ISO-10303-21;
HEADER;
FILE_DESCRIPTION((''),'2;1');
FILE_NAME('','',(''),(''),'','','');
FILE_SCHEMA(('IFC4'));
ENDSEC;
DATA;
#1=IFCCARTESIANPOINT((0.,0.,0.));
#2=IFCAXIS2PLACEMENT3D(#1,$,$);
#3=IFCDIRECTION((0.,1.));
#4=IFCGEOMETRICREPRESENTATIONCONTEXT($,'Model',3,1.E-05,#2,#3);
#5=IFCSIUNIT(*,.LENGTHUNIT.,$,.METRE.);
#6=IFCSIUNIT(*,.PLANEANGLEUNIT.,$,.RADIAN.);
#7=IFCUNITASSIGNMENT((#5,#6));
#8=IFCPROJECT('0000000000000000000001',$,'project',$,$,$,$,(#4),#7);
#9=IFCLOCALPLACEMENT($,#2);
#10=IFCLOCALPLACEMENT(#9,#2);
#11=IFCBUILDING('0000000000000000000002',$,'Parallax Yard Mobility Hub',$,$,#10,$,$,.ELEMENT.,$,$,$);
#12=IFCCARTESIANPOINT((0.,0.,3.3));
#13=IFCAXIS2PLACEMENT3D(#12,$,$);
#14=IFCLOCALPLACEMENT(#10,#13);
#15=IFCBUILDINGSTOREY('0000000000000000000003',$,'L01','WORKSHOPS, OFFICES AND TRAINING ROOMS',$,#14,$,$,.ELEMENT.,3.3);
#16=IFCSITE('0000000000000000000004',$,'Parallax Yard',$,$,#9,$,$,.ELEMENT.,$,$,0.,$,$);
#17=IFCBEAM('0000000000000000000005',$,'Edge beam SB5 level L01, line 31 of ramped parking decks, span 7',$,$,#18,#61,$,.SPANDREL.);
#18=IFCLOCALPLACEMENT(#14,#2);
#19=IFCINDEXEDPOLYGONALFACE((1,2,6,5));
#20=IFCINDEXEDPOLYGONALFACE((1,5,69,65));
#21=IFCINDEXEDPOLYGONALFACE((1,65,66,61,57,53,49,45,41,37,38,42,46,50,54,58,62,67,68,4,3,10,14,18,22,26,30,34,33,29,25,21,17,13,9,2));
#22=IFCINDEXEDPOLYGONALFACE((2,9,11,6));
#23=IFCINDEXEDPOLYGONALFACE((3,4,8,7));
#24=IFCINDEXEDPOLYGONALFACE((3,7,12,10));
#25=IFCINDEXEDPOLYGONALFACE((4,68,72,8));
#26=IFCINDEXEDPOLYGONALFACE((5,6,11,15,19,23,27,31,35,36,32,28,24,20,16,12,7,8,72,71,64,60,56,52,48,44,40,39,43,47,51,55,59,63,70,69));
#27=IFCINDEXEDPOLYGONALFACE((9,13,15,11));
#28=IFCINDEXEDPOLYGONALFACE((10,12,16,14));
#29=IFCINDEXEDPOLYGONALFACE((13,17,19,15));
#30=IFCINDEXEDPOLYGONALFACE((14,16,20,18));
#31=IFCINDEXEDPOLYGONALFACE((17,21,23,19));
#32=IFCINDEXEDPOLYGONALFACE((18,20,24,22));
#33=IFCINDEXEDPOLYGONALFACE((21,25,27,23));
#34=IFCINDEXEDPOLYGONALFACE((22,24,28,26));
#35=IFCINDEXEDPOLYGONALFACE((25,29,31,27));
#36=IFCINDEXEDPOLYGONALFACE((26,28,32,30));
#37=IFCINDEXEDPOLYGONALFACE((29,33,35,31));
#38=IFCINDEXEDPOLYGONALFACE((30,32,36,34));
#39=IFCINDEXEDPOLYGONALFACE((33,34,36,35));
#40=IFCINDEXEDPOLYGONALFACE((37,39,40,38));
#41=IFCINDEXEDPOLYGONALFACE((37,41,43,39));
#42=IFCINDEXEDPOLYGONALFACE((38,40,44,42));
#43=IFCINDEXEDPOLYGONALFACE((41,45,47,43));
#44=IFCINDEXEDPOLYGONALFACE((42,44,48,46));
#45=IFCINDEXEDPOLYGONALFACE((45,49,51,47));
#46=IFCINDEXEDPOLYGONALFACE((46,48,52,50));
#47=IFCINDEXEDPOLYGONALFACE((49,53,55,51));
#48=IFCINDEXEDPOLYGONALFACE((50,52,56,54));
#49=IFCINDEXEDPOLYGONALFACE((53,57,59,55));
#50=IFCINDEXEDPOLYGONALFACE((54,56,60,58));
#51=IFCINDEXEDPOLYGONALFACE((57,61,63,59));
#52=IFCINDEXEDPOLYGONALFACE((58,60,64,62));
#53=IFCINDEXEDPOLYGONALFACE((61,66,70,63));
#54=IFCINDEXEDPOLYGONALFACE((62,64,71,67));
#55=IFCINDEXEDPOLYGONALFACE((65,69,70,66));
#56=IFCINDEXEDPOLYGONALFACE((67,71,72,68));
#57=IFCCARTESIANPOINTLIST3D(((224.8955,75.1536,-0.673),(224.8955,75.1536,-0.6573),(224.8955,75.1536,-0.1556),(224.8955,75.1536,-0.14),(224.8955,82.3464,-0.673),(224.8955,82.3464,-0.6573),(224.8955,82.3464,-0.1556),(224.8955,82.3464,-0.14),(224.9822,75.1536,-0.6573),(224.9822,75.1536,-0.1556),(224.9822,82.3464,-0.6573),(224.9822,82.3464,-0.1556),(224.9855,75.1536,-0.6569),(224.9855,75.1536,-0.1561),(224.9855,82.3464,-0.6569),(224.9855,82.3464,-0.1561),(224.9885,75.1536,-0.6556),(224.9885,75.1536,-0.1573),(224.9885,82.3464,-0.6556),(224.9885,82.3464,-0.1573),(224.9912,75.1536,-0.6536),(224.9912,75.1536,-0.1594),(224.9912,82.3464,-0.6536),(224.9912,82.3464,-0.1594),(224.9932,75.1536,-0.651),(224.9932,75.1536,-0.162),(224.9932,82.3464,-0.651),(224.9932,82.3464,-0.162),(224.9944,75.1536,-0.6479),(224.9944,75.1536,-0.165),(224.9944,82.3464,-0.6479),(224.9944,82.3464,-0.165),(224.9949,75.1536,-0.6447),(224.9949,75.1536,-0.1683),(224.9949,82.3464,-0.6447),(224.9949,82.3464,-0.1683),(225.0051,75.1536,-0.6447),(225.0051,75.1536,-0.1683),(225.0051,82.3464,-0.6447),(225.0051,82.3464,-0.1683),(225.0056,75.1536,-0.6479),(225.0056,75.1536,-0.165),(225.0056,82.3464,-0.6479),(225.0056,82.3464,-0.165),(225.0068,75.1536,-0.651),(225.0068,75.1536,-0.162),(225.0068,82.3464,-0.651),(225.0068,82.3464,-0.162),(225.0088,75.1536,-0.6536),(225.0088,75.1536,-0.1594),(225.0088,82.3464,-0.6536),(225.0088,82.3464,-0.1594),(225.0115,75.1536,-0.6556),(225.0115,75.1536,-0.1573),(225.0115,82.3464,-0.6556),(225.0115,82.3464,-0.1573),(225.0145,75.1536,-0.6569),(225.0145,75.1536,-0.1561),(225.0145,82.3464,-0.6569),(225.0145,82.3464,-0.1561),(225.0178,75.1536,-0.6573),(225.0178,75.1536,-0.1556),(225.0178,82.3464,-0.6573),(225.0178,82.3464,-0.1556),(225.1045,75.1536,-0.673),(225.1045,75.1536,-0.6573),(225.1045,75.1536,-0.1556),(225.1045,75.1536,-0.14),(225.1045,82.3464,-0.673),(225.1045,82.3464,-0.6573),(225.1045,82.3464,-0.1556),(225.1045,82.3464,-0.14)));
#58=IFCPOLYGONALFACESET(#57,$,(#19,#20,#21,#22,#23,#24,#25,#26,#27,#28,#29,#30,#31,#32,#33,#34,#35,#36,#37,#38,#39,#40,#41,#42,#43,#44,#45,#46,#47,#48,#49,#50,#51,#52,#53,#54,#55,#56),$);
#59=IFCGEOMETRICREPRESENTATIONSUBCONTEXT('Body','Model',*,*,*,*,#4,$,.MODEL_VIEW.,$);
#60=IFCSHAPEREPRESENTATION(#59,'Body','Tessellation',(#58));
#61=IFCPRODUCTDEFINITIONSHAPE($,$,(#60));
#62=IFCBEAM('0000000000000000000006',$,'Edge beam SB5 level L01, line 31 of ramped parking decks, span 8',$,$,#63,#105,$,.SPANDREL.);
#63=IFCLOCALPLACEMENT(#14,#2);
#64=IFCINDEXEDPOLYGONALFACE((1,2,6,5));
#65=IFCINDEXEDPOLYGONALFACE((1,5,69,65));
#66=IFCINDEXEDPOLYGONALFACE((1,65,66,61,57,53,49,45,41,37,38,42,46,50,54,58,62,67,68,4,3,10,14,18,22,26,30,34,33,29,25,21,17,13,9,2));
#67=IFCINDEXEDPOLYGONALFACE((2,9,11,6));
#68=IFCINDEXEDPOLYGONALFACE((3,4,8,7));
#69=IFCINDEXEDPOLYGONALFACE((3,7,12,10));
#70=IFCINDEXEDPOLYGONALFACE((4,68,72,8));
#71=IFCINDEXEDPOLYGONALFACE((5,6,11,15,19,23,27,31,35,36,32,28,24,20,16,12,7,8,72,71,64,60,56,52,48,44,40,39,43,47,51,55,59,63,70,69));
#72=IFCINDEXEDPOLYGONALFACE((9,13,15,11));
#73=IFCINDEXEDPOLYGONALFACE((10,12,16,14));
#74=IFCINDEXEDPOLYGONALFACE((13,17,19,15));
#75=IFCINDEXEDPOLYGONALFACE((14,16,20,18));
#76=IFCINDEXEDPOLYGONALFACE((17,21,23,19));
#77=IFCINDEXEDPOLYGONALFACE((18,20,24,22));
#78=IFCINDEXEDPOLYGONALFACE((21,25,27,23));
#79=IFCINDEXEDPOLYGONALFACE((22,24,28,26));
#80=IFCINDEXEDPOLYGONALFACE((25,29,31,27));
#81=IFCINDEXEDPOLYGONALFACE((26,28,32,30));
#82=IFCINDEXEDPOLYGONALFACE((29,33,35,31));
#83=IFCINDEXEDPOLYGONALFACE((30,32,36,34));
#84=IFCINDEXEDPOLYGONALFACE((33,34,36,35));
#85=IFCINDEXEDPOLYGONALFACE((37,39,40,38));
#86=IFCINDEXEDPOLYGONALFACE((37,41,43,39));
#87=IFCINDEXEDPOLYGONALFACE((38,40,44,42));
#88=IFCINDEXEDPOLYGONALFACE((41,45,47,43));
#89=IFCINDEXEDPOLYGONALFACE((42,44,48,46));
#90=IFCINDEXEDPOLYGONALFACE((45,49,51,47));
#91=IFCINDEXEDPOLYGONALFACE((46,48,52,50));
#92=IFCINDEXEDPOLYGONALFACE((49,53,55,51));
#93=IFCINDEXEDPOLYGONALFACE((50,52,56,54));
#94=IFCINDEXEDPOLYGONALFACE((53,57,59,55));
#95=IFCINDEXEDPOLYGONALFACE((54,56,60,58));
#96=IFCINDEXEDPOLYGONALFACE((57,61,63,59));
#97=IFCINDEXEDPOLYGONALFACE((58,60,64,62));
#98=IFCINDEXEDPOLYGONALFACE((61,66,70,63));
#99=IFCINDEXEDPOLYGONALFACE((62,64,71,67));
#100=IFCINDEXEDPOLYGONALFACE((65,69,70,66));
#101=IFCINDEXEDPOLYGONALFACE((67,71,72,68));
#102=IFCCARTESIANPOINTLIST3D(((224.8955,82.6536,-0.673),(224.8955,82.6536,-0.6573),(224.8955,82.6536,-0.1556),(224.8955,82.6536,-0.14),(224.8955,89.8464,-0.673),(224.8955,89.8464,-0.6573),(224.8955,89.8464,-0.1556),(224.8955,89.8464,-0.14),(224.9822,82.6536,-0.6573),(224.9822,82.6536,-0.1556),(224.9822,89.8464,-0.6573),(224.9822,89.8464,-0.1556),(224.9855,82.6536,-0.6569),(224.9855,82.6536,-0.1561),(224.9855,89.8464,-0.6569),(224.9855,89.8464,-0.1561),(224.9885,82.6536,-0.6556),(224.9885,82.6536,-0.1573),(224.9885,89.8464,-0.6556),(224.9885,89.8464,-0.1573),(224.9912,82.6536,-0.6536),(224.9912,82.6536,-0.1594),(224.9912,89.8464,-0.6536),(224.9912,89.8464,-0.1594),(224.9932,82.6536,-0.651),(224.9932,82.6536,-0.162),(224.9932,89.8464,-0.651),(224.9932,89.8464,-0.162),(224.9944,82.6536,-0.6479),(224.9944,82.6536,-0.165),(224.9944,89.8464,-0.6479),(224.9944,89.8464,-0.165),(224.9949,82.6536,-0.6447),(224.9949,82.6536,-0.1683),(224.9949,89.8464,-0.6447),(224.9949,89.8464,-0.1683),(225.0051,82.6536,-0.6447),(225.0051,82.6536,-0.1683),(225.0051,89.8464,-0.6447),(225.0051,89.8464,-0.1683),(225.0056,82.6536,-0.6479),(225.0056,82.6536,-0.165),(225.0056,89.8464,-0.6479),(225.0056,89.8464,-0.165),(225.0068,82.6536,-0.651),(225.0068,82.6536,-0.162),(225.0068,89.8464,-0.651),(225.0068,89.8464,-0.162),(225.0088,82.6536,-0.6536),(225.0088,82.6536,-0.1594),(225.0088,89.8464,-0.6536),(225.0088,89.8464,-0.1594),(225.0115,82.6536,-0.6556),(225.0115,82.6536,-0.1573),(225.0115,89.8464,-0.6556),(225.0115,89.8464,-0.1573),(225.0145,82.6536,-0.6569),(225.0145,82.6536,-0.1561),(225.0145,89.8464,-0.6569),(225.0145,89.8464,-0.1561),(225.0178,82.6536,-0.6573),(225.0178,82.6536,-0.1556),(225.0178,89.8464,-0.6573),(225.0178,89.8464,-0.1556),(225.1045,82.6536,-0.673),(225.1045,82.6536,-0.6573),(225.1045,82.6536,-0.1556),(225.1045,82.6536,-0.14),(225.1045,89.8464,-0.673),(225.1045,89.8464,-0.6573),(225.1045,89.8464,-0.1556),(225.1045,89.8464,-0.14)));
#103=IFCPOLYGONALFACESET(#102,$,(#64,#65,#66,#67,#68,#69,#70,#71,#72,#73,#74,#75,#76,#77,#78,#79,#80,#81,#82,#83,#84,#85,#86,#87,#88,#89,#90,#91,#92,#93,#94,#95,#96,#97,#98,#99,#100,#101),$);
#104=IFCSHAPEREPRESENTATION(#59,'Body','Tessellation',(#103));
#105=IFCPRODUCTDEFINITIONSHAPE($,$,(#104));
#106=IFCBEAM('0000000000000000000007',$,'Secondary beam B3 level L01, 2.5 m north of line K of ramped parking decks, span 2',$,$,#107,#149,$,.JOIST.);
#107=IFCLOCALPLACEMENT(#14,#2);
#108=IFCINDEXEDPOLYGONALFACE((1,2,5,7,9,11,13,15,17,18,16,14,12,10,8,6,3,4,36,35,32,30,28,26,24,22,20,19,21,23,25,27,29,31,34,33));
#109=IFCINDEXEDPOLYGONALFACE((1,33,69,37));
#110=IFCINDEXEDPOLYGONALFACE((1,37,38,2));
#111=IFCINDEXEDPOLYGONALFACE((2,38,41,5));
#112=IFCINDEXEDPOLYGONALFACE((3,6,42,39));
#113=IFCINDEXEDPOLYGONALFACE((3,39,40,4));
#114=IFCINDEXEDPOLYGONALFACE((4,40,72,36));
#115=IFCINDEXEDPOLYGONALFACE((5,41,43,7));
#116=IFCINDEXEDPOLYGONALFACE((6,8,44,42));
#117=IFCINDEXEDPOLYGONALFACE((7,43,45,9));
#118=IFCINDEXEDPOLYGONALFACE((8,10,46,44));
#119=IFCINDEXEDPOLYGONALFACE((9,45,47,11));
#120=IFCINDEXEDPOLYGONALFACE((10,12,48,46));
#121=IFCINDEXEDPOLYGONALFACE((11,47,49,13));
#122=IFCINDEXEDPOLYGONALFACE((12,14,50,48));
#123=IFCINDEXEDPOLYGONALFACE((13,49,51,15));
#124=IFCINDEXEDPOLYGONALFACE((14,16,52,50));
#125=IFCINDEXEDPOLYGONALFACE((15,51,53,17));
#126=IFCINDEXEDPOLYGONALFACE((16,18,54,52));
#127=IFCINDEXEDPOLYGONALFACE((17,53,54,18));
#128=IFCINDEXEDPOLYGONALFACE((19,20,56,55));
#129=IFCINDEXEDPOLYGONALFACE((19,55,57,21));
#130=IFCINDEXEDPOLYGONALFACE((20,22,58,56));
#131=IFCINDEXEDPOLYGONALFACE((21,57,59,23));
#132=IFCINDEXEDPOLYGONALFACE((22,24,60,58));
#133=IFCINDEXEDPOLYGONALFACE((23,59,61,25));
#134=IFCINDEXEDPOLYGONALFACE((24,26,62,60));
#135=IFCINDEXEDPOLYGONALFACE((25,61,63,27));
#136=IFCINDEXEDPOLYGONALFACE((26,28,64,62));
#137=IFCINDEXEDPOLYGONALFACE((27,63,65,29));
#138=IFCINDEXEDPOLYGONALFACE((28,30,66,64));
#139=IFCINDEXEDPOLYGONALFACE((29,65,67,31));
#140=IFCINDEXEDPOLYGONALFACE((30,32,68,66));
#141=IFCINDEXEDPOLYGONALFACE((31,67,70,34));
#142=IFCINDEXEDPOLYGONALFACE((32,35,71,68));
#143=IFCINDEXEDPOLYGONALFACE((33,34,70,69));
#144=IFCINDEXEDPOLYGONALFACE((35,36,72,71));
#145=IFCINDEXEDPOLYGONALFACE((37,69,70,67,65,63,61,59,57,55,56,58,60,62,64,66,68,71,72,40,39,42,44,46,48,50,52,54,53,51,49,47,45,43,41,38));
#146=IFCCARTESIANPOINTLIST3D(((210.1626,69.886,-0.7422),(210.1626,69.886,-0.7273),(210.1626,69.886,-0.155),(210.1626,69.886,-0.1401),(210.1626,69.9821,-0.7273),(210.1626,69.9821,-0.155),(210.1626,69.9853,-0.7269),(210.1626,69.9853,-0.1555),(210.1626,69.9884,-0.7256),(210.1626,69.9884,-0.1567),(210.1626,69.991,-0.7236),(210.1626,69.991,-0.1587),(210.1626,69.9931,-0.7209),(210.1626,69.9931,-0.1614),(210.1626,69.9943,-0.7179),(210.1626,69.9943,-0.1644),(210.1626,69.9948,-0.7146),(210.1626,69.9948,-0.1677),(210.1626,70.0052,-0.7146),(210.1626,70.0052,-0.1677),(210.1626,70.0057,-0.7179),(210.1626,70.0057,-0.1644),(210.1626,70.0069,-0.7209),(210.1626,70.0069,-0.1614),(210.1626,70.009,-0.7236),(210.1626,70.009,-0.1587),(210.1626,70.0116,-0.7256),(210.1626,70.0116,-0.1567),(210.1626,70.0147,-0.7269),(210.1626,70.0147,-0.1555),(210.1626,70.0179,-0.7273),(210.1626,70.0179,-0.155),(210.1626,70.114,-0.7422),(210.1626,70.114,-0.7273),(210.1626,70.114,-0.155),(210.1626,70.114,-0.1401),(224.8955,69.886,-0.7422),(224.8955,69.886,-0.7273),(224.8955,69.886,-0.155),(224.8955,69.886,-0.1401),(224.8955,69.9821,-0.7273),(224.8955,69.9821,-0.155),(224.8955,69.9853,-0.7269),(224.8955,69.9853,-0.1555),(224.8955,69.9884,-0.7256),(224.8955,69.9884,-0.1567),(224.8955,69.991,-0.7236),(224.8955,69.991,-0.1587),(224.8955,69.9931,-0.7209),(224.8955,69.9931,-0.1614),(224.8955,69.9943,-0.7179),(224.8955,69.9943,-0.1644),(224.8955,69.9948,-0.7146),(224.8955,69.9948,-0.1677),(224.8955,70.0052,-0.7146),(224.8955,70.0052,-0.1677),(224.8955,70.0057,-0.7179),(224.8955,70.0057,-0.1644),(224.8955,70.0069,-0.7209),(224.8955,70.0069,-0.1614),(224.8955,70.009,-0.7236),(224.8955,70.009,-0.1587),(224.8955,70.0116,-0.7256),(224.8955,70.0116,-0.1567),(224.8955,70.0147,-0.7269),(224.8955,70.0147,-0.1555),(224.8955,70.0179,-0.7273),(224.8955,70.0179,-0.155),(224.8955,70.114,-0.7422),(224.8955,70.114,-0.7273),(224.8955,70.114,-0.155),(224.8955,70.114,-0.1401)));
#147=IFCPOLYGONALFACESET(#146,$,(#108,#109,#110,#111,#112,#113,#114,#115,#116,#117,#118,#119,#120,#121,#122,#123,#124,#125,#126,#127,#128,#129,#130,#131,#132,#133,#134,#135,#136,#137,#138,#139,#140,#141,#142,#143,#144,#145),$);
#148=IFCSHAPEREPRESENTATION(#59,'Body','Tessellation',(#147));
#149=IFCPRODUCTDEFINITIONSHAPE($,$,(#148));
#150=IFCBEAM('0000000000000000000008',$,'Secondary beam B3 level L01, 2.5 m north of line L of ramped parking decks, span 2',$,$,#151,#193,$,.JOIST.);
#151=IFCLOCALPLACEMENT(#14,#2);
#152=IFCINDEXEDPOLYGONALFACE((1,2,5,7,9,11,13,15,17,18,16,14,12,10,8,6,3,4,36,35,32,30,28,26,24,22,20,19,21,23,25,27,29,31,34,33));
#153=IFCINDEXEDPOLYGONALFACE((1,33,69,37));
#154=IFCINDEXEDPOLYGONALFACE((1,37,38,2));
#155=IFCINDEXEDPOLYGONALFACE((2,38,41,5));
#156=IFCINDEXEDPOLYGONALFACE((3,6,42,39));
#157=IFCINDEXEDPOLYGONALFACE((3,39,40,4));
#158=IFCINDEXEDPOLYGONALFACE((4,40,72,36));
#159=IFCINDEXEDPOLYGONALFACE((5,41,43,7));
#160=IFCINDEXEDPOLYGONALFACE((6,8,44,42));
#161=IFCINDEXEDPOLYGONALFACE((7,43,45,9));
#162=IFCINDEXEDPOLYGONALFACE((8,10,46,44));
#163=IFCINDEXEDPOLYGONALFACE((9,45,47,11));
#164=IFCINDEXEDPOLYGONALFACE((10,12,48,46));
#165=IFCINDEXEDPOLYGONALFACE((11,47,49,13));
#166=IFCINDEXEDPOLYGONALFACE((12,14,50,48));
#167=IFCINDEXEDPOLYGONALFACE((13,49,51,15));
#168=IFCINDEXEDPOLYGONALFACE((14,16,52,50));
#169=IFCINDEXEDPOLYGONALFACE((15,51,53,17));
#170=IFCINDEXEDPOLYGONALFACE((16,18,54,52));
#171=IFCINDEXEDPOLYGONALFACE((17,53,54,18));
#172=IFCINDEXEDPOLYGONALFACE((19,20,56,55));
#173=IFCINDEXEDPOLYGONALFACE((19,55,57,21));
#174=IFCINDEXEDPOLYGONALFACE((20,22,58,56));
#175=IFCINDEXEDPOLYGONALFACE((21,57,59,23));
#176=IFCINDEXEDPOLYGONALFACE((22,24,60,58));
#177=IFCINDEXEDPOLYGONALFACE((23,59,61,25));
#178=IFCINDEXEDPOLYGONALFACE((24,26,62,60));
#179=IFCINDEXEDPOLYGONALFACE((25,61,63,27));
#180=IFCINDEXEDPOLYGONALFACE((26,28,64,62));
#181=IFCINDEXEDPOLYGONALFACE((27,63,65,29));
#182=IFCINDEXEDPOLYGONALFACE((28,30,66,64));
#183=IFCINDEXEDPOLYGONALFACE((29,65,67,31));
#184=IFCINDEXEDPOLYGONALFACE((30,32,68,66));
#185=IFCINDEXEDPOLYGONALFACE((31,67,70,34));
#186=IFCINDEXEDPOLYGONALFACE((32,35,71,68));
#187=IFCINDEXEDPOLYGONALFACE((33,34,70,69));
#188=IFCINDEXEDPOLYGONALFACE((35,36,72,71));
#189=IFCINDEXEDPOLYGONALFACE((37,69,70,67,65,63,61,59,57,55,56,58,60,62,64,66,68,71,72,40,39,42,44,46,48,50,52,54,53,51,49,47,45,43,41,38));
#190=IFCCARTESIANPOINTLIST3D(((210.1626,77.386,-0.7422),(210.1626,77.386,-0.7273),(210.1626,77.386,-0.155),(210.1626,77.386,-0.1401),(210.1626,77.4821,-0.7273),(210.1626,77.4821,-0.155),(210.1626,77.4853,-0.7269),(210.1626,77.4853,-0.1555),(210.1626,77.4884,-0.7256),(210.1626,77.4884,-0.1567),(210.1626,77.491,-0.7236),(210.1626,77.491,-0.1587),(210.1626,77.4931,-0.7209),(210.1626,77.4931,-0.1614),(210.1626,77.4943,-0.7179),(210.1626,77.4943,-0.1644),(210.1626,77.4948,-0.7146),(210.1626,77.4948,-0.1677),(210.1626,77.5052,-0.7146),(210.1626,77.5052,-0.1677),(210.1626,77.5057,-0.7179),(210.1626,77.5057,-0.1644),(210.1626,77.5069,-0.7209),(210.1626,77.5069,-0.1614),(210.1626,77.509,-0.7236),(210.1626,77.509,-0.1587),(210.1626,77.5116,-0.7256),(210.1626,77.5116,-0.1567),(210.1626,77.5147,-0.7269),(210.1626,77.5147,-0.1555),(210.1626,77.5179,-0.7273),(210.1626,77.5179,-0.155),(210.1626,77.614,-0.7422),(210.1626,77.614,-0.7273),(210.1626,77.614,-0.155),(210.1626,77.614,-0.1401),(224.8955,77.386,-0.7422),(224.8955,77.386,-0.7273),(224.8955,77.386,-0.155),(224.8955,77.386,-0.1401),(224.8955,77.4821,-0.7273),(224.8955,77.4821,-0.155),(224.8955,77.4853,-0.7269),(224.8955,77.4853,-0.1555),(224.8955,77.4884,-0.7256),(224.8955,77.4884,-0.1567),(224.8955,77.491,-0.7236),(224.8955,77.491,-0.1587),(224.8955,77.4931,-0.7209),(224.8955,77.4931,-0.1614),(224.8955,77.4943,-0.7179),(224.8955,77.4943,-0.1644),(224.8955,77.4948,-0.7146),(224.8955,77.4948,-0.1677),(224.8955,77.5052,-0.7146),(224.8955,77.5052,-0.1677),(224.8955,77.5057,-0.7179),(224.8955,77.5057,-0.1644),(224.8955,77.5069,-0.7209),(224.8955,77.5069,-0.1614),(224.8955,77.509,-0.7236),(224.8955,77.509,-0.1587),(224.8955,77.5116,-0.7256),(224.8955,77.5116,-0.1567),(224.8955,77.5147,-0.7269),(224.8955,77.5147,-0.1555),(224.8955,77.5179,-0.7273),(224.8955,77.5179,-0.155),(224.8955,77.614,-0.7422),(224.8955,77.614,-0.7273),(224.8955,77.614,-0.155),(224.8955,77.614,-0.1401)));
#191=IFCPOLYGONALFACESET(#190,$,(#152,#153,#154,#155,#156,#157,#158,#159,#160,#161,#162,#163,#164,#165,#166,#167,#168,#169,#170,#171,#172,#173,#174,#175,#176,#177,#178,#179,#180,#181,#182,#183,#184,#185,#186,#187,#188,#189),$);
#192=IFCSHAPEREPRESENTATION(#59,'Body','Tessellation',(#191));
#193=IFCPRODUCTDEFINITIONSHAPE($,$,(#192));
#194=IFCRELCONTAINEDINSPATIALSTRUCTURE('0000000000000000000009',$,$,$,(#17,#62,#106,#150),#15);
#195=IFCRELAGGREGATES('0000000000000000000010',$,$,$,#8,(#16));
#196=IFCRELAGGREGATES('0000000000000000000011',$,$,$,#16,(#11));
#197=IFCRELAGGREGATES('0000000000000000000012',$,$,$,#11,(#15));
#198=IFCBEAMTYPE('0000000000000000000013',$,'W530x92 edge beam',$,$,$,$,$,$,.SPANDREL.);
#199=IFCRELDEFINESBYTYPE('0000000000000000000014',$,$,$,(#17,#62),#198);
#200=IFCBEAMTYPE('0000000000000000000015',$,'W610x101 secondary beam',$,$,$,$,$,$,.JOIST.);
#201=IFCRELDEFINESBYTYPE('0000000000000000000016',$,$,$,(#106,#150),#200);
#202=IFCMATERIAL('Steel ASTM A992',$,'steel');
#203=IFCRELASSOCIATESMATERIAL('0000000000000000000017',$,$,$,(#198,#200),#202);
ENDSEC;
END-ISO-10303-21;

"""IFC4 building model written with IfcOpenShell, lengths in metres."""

from ifc_helpers import new_model, si_unit, direction, frame, origin, origin_2d, place, context, subcontext, project, spatial, i_section, extrude, material, material_profile, profile_set, type_object, element, save


model = new_model("IFC4")

# Units and contexts
model_context = context("Model", 3, precision=1e-05, world=origin(), true_north=direction((0.0, 1.0)))
body_context = subcontext(model_context, "Body", "Model", "MODEL_VIEW")
ifc_project = project(units=[si_unit("LENGTHUNIT", "METRE"), si_unit("PLANEANGLEUNIT", "RADIAN")], contexts=[model_context])

# Site, building, storey
site_placement = place(None, origin())
site = spatial("IfcSite", under=ifc_project, at=site_placement, Name="Parallax Yard", CompositionType="ELEMENT", RefElevation=0.0)
building_placement = place(site_placement, origin())
building = spatial("IfcBuilding", under=site, at=building_placement, Name="Parallax Yard Mobility Hub", CompositionType="ELEMENT")
storey_placement = place(building_placement, frame((0.0, 0.0, 3.3)))
storey = spatial("IfcBuildingStorey", under=building, at=storey_placement, Name="L01", Description="WORKSHOPS, OFFICES AND TRAINING ROOMS", CompositionType="ELEMENT", Elevation=3.3)

# Shared definitions
ifc_material_1 = material(Name="Steel ASTM A992", Category="steel")

# Beams
ifc_material_profile_1 = material_profile(ifc_material_1, i_section(OverallWidth=0.209, OverallDepth=0.533, WebThickness=0.0103, FlangeThickness=0.0156, FilletRadius=0.0127, at=origin_2d()), Name="W530x92")
ifc_profile_set_1 = profile_set([ifc_material_profile_1], Name="Steel ASTM A992")
beam_type_1 = type_object("IfcBeamType", Name="W530x92 edge beam", PredefinedType="SPANDREL", material=ifc_profile_set_1)
for number, where, z_axis, x_axis, name in (
    (1, (225.0, 75.1536, -0.4065), (0.0, 1.0, 0.0), (-1.0, 0.0, 0.0), "Edge beam SB5 level L01, line 31 of ramped parking decks, span 7"),
    (2, (225.0, 82.6536, -0.4065), (0.0, 1.0, 0.0), (-1.0, 0.0, 0.0), "Edge beam SB5 level L01, line 31 of ramped parking decks, span 8"),
):
    element("IfcBeam", number, at=place(storey_placement, frame(where, z_axis=z_axis, x_axis=x_axis)), inside=storey, type_object=beam_type_1, Name=name, PredefinedType="SPANDREL", context=body_context, shape_type="SweptSolid", body=[
        extrude(i_section(OverallWidth=0.209, OverallDepth=0.533, WebThickness=0.0103, FlangeThickness=0.0156, FilletRadius=0.0127, at=origin_2d()), origin(), (0.0, 0.0, 1.0), 7.1929),
    ])
ifc_material_profile_2 = material_profile(ifc_material_1, i_section(OverallWidth=0.228, OverallDepth=0.6021, WebThickness=0.0105, FlangeThickness=0.0149, FilletRadius=0.0127, at=origin_2d()), Name="W610x101")
ifc_profile_set_2 = profile_set([ifc_material_profile_2], Name="Steel ASTM A992")
beam_type_2 = type_object("IfcBeamType", Name="W610x101 secondary beam", PredefinedType="JOIST", material=ifc_profile_set_2)
for number, where, z_axis, x_axis, name in (
    (3, (210.1626, 70.0, -0.4412), (1.0, 0.0, 0.0), (0.0, 1.0, 0.0), "Secondary beam B3 level L01, 2.5 m north of line K of ramped parking decks, span 2"),
    (4, (210.1626, 77.5, -0.4412), (1.0, 0.0, 0.0), (0.0, 1.0, 0.0), "Secondary beam B3 level L01, 2.5 m north of line L of ramped parking decks, span 2"),
):
    element("IfcBeam", number, at=place(storey_placement, frame(where, z_axis=z_axis, x_axis=x_axis)), inside=storey, type_object=beam_type_2, Name=name, PredefinedType="JOIST", context=body_context, shape_type="SweptSolid", body=[
        extrude(i_section(OverallWidth=0.228, OverallDepth=0.6021, WebThickness=0.0105, FlangeThickness=0.0149, FilletRadius=0.0127, at=origin_2d()), origin(), (0.0, 0.0, 1.0), 14.7329),
    ])

save(model, "model.ifc")
